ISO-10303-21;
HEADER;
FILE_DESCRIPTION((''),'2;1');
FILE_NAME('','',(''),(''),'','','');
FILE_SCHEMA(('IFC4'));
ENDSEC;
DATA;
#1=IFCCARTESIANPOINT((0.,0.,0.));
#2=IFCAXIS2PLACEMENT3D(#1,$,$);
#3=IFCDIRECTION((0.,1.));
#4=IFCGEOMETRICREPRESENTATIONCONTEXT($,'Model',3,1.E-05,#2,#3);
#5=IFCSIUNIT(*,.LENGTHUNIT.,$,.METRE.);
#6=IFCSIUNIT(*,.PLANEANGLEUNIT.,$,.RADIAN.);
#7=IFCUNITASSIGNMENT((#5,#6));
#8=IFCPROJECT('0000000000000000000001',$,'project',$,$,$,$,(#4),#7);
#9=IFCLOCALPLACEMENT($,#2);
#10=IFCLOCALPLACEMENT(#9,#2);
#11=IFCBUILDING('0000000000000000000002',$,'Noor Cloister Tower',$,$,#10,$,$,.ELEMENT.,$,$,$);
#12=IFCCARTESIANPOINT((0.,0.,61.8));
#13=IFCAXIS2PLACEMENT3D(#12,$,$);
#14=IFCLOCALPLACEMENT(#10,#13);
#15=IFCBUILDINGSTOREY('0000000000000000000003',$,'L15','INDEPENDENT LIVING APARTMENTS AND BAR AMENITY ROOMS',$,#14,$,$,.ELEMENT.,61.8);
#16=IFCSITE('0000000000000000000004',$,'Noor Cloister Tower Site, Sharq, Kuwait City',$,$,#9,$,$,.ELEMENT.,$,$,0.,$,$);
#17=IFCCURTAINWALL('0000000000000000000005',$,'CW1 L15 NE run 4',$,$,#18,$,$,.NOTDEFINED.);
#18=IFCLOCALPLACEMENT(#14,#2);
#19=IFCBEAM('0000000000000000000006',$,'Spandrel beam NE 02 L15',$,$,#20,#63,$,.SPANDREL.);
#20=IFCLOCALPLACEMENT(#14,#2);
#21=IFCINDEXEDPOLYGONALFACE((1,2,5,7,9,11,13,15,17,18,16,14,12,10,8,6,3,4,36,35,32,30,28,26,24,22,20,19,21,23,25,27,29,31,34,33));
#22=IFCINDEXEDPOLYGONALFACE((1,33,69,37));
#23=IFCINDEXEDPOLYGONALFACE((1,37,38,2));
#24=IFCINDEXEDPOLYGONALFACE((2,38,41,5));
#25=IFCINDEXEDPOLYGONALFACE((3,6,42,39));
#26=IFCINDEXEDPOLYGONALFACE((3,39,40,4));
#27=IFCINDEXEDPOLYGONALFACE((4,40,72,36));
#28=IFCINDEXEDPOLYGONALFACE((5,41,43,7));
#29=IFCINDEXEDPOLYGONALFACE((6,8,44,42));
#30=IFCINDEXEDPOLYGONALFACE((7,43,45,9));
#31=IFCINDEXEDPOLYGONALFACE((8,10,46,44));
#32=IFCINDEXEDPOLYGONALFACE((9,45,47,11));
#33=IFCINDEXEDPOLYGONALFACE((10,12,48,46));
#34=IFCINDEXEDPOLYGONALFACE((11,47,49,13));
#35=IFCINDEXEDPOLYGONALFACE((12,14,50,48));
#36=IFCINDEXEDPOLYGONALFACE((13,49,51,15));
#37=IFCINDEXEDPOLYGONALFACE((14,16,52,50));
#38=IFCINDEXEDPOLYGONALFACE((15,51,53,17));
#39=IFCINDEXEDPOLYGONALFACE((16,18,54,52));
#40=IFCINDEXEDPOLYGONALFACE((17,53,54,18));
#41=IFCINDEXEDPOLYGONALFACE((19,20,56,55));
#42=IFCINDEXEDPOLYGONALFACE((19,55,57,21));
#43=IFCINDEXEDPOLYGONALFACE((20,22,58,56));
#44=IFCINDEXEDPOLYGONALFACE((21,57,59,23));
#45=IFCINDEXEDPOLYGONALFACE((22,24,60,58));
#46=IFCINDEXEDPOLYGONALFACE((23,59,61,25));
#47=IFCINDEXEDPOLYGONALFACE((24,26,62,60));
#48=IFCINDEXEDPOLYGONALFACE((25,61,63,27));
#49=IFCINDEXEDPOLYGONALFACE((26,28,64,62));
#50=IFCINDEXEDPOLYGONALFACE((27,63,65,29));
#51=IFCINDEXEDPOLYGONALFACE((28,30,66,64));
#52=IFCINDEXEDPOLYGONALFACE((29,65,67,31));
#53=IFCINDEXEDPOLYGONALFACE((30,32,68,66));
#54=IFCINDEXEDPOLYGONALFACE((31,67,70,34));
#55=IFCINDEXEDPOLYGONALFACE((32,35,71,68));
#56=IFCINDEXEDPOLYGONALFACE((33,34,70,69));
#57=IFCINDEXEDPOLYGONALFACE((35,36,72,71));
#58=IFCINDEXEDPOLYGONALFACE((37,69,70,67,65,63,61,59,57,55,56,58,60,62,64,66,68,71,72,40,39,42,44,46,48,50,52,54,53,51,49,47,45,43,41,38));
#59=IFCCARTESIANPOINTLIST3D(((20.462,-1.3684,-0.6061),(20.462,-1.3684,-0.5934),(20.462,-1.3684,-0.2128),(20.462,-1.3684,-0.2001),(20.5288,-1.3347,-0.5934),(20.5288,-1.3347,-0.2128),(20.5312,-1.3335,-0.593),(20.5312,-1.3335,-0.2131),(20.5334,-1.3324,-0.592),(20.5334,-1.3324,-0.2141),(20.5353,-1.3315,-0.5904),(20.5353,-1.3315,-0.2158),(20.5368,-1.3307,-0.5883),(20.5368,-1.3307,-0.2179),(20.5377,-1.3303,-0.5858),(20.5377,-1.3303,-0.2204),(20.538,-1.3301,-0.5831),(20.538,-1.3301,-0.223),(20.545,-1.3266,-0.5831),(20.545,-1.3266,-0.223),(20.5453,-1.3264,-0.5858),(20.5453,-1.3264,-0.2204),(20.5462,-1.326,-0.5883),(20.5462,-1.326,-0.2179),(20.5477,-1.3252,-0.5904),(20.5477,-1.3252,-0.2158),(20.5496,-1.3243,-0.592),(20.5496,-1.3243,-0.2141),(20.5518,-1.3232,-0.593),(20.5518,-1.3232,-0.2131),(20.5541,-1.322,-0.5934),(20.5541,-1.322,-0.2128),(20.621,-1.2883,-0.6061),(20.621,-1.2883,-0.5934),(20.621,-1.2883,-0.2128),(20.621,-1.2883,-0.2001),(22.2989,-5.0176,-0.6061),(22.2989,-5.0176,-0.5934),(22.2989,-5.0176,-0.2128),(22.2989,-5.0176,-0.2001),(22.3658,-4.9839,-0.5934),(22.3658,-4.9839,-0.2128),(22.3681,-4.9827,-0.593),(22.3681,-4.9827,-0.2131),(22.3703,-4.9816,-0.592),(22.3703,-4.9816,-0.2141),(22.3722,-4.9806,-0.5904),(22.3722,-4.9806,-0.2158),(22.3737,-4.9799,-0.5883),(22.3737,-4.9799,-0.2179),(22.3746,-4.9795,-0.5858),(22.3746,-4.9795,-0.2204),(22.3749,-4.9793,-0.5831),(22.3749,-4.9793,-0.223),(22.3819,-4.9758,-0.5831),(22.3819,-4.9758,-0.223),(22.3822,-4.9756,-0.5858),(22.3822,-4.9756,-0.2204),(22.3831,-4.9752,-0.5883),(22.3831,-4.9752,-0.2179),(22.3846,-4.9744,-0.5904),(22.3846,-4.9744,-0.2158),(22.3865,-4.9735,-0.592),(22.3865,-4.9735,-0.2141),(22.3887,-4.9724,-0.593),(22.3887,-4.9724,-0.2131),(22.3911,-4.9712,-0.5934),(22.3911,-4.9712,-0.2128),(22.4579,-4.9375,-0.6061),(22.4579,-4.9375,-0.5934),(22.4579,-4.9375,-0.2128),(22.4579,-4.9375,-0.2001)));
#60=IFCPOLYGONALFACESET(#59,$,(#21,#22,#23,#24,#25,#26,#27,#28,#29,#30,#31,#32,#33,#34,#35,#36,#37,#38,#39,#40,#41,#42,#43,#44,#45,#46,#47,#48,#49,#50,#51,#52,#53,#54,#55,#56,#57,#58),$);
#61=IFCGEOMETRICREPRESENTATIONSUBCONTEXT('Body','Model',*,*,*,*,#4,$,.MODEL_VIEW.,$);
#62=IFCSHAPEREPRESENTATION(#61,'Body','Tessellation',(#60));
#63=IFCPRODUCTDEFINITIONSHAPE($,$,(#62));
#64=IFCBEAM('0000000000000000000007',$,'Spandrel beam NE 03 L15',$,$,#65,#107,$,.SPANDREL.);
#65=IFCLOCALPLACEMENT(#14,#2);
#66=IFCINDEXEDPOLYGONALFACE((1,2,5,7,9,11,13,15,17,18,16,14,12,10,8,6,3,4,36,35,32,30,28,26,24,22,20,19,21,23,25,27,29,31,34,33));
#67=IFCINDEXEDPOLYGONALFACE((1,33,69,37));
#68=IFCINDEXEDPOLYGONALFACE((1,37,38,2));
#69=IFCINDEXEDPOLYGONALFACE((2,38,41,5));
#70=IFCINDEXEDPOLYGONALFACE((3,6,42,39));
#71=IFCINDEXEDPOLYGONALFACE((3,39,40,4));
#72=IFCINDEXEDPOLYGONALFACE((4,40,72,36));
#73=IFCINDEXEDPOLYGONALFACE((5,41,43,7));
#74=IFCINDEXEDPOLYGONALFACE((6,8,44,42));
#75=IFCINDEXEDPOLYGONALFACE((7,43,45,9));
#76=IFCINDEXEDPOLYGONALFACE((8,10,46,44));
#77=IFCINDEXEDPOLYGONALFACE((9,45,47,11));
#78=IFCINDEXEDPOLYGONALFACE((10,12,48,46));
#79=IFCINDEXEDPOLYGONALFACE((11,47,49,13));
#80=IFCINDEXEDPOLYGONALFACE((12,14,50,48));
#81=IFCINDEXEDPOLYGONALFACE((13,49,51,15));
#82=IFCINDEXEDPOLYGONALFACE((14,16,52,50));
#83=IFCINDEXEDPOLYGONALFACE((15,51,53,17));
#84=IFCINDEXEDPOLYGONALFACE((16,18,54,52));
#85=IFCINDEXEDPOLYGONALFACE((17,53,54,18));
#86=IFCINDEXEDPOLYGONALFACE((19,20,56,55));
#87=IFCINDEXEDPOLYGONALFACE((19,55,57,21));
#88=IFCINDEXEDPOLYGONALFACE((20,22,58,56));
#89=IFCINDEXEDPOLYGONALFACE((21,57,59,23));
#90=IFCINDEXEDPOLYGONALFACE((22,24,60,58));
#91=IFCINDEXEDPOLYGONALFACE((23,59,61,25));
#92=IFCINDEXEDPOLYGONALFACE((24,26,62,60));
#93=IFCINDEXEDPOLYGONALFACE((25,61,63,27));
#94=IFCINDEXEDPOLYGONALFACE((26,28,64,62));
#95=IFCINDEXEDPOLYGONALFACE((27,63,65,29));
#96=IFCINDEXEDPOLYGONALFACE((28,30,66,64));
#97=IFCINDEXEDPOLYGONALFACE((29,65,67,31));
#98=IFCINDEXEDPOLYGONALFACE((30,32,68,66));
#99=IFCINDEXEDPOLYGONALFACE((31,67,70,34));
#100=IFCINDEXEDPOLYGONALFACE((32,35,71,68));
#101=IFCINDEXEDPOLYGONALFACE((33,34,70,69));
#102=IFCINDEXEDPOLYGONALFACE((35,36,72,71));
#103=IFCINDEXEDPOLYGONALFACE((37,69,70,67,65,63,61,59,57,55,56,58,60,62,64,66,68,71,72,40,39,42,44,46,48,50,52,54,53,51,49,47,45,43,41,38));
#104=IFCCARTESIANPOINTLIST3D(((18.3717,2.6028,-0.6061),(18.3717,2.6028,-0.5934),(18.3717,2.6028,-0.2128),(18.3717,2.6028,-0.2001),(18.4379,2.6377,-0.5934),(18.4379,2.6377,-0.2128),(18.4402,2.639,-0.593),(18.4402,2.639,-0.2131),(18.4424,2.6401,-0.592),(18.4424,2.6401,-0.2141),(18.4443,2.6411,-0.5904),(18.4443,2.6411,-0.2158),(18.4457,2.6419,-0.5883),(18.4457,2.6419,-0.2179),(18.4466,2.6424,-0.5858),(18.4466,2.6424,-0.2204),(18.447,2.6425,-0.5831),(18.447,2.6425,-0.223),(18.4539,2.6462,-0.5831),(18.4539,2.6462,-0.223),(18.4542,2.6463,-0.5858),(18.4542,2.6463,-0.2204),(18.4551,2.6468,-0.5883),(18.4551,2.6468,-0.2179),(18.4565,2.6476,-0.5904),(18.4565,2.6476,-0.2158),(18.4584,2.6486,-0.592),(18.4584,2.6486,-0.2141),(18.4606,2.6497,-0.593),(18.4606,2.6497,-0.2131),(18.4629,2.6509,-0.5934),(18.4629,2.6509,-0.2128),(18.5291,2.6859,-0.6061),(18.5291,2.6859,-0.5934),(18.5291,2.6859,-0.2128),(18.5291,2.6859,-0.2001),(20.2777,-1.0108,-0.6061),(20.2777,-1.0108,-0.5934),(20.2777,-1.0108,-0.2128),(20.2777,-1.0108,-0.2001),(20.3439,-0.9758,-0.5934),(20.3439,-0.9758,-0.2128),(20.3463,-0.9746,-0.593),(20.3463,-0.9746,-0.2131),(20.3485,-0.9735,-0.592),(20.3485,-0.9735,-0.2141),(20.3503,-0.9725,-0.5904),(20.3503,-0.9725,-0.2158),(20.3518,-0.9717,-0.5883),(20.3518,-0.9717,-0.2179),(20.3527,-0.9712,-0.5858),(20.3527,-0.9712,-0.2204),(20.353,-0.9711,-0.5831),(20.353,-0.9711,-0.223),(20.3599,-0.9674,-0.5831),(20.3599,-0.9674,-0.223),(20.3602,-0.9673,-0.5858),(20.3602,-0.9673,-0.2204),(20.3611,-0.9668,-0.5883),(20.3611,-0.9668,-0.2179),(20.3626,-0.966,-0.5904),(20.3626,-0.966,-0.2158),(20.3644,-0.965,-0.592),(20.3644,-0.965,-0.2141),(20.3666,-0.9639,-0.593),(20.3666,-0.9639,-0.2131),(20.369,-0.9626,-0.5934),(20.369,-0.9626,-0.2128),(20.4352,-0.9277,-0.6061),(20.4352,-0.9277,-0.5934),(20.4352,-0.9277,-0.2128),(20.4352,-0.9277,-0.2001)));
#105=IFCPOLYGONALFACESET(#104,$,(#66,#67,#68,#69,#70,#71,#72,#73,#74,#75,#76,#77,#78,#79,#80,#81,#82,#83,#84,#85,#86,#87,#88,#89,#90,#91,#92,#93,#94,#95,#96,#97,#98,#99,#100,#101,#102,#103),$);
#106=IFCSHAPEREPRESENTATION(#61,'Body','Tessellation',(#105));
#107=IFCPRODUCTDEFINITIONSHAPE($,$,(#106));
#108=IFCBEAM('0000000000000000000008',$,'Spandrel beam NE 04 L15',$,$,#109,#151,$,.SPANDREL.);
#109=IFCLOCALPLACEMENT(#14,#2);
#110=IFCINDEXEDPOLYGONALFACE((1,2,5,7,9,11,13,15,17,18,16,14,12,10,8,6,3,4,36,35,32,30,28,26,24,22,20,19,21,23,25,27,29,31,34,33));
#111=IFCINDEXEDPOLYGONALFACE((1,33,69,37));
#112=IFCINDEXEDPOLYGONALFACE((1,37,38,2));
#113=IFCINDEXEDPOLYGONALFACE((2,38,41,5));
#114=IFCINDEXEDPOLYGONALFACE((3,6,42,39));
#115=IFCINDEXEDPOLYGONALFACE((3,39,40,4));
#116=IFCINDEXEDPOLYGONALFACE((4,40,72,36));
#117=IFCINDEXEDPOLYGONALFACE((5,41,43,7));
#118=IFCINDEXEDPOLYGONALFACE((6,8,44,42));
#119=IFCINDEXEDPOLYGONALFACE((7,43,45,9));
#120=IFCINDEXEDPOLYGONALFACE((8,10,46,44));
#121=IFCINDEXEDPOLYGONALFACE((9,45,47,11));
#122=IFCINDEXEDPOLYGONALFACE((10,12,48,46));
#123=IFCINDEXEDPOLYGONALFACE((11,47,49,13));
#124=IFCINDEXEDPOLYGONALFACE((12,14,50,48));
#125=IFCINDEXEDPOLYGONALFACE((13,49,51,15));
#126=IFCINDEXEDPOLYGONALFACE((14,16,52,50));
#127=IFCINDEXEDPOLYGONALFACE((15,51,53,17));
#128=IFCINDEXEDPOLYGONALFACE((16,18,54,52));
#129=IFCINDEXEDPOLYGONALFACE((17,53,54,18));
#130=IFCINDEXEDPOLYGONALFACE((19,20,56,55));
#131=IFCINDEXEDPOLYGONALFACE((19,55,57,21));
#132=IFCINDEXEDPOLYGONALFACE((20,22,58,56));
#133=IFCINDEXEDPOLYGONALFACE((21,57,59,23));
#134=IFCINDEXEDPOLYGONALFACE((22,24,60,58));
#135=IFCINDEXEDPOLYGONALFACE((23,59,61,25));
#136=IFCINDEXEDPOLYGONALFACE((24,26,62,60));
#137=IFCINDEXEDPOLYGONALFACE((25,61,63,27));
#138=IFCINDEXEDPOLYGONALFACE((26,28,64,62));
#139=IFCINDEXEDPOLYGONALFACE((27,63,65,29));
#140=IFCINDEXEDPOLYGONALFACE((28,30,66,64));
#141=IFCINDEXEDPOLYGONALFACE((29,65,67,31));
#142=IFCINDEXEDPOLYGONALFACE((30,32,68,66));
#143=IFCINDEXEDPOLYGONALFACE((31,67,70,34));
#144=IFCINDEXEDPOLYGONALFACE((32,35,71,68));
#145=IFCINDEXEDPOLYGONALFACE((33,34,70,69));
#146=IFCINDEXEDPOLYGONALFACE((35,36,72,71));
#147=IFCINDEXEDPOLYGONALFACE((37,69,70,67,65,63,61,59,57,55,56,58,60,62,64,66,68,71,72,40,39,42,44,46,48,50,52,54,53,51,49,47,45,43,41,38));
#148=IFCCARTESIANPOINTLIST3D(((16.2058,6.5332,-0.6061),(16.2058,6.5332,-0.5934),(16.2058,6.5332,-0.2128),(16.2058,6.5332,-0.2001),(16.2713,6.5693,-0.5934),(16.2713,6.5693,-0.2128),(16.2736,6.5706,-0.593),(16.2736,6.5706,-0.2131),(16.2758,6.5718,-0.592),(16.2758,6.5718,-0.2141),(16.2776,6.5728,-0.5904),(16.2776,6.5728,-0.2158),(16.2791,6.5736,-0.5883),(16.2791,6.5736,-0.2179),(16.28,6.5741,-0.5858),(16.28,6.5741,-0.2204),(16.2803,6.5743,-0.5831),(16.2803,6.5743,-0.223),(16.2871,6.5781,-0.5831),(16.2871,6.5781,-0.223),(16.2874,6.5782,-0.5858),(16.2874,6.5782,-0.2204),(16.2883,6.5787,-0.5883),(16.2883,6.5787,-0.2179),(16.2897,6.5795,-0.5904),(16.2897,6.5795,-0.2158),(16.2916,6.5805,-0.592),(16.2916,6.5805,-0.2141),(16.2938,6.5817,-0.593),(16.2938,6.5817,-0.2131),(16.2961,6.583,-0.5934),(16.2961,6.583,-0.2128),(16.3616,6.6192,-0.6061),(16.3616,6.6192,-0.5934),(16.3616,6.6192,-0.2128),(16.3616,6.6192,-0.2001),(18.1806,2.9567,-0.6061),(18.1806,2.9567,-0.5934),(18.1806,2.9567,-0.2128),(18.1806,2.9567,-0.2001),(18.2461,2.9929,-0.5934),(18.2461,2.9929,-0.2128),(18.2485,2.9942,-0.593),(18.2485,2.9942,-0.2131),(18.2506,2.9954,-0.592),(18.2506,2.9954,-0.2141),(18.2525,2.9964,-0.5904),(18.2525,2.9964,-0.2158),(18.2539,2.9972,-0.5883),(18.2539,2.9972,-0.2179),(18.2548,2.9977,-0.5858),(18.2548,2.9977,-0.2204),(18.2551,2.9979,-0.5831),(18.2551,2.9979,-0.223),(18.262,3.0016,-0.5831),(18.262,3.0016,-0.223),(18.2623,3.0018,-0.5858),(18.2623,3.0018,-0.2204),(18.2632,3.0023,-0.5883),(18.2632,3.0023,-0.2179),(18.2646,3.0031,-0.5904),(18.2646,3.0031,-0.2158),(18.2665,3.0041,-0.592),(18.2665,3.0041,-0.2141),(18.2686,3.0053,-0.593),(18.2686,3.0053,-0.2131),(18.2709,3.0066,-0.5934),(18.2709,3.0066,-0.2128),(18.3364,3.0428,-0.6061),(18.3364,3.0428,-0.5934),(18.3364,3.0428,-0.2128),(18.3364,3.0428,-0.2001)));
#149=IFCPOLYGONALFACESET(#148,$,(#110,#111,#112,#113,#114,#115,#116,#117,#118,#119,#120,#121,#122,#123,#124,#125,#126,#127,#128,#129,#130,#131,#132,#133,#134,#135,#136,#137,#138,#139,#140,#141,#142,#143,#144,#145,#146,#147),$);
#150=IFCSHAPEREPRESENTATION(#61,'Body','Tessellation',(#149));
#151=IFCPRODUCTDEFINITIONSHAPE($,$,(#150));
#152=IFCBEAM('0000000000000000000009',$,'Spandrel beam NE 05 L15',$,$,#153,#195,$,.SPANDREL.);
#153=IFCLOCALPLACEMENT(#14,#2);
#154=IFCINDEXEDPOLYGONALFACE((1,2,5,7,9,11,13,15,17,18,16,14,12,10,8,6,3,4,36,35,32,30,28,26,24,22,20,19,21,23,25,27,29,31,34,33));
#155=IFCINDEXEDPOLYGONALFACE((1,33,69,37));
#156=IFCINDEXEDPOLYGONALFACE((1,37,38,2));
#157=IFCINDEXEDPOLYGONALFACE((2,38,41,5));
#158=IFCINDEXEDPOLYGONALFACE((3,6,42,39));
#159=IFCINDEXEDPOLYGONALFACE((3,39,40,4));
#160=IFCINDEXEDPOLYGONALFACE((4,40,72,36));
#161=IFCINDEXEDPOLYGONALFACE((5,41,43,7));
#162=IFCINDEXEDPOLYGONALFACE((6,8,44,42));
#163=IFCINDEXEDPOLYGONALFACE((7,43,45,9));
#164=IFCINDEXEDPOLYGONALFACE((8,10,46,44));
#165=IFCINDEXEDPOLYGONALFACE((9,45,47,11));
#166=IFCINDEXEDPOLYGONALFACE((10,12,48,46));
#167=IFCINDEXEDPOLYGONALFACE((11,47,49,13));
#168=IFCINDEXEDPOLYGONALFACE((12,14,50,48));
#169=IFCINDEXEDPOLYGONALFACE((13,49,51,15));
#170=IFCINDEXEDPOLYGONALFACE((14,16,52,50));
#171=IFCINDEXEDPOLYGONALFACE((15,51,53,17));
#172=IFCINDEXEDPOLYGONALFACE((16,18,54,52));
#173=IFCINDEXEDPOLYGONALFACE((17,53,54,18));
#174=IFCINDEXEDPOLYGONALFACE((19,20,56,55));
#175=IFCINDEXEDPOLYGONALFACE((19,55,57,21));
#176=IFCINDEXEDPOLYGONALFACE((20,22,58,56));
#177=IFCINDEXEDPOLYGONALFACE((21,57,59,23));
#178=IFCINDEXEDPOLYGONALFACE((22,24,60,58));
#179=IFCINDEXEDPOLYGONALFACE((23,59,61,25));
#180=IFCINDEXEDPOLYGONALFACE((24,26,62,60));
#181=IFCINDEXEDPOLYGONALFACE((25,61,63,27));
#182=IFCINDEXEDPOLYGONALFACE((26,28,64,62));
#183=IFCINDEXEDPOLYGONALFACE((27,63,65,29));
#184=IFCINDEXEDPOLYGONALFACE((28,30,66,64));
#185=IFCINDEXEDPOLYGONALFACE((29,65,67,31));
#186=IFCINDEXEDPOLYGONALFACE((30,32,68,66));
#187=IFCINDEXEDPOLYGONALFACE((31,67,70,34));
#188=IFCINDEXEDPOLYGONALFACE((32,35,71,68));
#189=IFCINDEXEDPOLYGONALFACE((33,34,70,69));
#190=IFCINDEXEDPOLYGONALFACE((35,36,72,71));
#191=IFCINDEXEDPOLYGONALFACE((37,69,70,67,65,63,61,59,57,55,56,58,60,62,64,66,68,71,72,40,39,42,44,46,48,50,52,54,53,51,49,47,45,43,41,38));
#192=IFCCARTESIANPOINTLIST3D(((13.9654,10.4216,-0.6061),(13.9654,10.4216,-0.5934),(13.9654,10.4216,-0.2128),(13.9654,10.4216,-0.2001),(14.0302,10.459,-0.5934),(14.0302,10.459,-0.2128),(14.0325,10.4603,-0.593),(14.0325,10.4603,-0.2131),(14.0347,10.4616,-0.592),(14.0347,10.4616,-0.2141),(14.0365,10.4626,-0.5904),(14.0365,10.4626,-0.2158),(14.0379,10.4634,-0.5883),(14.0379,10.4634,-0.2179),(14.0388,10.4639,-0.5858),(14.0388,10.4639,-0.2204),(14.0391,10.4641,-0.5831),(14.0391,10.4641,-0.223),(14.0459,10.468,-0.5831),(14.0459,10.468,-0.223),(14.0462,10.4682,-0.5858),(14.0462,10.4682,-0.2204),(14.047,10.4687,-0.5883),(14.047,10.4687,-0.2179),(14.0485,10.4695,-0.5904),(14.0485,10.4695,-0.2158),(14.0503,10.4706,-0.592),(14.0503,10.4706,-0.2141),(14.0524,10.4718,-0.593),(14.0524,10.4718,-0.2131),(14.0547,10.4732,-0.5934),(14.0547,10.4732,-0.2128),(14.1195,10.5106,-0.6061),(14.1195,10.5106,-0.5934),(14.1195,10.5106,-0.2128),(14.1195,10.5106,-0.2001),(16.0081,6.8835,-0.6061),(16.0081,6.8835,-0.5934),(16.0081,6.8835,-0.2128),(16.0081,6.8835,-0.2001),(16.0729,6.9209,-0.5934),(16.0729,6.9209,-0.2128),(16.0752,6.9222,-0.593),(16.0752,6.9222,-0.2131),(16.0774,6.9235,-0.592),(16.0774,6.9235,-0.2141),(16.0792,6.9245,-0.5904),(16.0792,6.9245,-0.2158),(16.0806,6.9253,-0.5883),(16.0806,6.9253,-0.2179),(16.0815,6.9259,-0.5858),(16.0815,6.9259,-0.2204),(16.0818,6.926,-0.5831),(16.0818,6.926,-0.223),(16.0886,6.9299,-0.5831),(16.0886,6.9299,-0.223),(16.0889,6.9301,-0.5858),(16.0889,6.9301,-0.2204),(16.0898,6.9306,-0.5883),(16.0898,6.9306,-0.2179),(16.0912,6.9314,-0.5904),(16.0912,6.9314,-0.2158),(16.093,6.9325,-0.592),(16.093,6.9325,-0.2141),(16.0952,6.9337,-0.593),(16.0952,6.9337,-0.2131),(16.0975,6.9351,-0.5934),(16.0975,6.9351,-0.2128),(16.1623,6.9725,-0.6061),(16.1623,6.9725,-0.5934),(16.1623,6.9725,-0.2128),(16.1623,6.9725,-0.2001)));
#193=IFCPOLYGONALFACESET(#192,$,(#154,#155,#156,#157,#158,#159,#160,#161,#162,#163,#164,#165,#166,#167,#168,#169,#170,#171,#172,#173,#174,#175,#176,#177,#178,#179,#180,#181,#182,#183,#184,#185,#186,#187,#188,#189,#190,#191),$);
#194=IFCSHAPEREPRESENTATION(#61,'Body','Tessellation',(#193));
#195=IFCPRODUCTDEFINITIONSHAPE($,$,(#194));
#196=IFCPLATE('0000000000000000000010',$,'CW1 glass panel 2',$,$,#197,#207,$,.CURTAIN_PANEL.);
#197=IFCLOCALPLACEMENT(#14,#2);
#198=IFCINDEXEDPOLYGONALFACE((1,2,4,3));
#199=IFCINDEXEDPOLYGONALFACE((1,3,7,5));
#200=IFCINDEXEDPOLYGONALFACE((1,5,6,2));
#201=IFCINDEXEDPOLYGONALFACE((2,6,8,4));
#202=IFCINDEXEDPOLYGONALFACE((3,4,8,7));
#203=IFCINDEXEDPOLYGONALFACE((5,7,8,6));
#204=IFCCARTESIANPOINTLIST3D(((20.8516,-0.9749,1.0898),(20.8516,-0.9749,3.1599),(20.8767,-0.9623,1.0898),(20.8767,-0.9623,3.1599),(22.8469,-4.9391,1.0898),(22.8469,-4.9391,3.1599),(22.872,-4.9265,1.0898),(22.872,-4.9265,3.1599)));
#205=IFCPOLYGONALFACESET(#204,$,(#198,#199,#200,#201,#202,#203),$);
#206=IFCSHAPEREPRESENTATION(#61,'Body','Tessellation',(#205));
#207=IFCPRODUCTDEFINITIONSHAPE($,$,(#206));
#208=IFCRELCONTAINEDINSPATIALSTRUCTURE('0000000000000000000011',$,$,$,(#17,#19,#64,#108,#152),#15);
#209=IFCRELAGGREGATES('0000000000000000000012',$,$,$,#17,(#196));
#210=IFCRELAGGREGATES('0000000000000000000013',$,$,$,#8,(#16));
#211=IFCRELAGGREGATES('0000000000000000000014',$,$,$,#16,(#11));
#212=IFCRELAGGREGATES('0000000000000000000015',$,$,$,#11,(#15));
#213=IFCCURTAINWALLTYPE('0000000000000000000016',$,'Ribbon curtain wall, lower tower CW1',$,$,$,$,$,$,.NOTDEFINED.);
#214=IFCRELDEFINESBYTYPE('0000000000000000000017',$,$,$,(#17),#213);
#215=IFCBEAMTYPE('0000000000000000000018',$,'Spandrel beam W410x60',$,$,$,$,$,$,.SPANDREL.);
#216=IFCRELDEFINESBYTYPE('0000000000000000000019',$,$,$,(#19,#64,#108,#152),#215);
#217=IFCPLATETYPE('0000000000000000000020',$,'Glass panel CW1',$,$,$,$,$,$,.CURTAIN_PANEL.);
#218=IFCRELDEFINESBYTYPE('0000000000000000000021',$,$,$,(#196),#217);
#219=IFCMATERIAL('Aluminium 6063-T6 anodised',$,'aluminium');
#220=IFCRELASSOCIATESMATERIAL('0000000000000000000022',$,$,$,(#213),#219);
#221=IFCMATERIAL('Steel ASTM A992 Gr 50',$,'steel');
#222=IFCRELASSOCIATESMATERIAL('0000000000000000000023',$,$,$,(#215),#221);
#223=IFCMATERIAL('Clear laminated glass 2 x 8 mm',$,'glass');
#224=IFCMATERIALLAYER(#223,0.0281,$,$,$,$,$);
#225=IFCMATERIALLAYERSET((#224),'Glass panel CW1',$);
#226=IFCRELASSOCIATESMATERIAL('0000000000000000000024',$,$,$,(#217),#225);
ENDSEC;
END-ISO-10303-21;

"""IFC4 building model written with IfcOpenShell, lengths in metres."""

from ifc_helpers import new_model, si_unit, direction, frame, origin, origin_2d, place, context, subcontext, project, spatial, rectangle, i_section, extrude, material, layer, layer_set, material_profile, profile_set, type_object, element, aggregate, save


model = new_model("IFC4")

# Units and contexts
model_context = context("Model", 3, precision=1e-05, world=origin(), true_north=direction((0.0, 1.0)))
body_context = subcontext(model_context, "Body", "Model", "MODEL_VIEW")
ifc_project = project(units=[si_unit("LENGTHUNIT", "METRE"), si_unit("PLANEANGLEUNIT", "RADIAN")], contexts=[model_context])

# Site, building, storey
site_placement = place(None, origin())
site = spatial("IfcSite", under=ifc_project, at=site_placement, Name="Noor Cloister Tower Site, Sharq, Kuwait City", CompositionType="ELEMENT", RefElevation=0.0)
building_placement = place(site_placement, origin())
building = spatial("IfcBuilding", under=site, at=building_placement, Name="Noor Cloister Tower", CompositionType="ELEMENT")
storey_placement = place(building_placement, frame((0.0, 0.0, 61.8)))
storey = spatial("IfcBuildingStorey", under=building, at=storey_placement, Name="L15", Description="INDEPENDENT LIVING APARTMENTS AND BAR AMENITY ROOMS", CompositionType="ELEMENT", Elevation=61.8)

# Curtain wall
ifc_material_1 = material(Name="Aluminium 6063-T6 anodised", Category="aluminium")
curtain_wall_type = type_object("IfcCurtainWallType", Name="Ribbon curtain wall, lower tower CW1", PredefinedType="NOTDEFINED", material=ifc_material_1)
curtain_wall_placement = place(storey_placement, origin())
curtain_wall = element("IfcCurtainWall", 1, at=curtain_wall_placement, inside=storey, type_object=curtain_wall_type, Name="CW1 L15 NE run 4", PredefinedType="NOTDEFINED")

# Beams
ifc_material_2 = material(Name="Steel ASTM A992 Gr 50", Category="steel")
ifc_material_profile_1 = material_profile(ifc_material_2, i_section(OverallWidth=0.178, OverallDepth=0.406, WebThickness=0.0078, FlangeThickness=0.0127, FilletRadius=0.0103, at=origin_2d()), Name="W410x60")
ifc_profile_set_1 = profile_set([ifc_material_profile_1], Name="Steel ASTM A992 Gr 50")
beam_type_1 = type_object("IfcBeamType", Name="Spandrel beam W410x60", PredefinedType="SPANDREL", material=ifc_profile_set_1)
for number, where, z_axis, x_axis, name in (
    (2, (22.3784, -4.9775, -0.4031), (-0.449626, 0.893217, 0.0), (-0.893217, -0.449626, 0.0), "Spandrel beam NE 02 L15"),
    (3, (20.3564, -0.9692, -0.4031), (-0.466542, 0.884499, 0.0), (-0.884499, -0.466542, 0.0), "Spandrel beam NE 03 L15"),
    (4, (18.2585, 2.9998, -0.4031), (-0.483389, 0.875406, 0.0), (-0.875406, -0.483389, 0.0), "Spandrel beam NE 04 L15"),
    (5, (16.0852, 6.928, -0.4031), (-0.500002, 0.866024, 0.0), (-0.866024, -0.500002, 0.0), "Spandrel beam NE 05 L15"),
):
    element("IfcBeam", number, at=place(storey_placement, frame(where, z_axis=z_axis, x_axis=x_axis)), inside=storey, type_object=beam_type_1, Name=name, PredefinedType="SPANDREL", context=body_context, shape_type="SweptSolid", body=[
        extrude(i_section(OverallWidth=0.178, OverallDepth=0.406, WebThickness=0.0078, FlangeThickness=0.0127, FilletRadius=0.0103, at=origin_2d()), origin(), (0.0, 0.0, 1.0), 4.0854),
    ])

# Plate
ifc_material_3 = material(Name="Clear laminated glass 2 x 8 mm", Category="glass")
ifc_layer_1 = layer(ifc_material_3, 0.0281)
ifc_layer_set_1 = layer_set([ifc_layer_1], Name="Glass panel CW1")
plate_type = type_object("IfcPlateType", Name="Glass panel CW1", PredefinedType="CURTAIN_PANEL", material=ifc_layer_set_1)
plate_1_placement = place(storey_placement, frame((21.8618, -2.9507, 1.0898), z_axis=(0.0, 0.0, 1.0), x_axis=(-0.449593, 0.893233, 0.0)))
plate_1 = element("IfcPlate", 6, at=plate_1_placement, type_object=plate_type, Name="CW1 glass panel 2", PredefinedType="CURTAIN_PANEL", context=body_context, shape_type="SweptSolid", body=[
    extrude(rectangle(XDim=4.438, YDim=0.0281, at=origin_2d()), origin(), (0.0, 0.0, 1.0), 2.0701),
])
aggregate(curtain_wall, [plate_1])

save(model, "model.ifc")
